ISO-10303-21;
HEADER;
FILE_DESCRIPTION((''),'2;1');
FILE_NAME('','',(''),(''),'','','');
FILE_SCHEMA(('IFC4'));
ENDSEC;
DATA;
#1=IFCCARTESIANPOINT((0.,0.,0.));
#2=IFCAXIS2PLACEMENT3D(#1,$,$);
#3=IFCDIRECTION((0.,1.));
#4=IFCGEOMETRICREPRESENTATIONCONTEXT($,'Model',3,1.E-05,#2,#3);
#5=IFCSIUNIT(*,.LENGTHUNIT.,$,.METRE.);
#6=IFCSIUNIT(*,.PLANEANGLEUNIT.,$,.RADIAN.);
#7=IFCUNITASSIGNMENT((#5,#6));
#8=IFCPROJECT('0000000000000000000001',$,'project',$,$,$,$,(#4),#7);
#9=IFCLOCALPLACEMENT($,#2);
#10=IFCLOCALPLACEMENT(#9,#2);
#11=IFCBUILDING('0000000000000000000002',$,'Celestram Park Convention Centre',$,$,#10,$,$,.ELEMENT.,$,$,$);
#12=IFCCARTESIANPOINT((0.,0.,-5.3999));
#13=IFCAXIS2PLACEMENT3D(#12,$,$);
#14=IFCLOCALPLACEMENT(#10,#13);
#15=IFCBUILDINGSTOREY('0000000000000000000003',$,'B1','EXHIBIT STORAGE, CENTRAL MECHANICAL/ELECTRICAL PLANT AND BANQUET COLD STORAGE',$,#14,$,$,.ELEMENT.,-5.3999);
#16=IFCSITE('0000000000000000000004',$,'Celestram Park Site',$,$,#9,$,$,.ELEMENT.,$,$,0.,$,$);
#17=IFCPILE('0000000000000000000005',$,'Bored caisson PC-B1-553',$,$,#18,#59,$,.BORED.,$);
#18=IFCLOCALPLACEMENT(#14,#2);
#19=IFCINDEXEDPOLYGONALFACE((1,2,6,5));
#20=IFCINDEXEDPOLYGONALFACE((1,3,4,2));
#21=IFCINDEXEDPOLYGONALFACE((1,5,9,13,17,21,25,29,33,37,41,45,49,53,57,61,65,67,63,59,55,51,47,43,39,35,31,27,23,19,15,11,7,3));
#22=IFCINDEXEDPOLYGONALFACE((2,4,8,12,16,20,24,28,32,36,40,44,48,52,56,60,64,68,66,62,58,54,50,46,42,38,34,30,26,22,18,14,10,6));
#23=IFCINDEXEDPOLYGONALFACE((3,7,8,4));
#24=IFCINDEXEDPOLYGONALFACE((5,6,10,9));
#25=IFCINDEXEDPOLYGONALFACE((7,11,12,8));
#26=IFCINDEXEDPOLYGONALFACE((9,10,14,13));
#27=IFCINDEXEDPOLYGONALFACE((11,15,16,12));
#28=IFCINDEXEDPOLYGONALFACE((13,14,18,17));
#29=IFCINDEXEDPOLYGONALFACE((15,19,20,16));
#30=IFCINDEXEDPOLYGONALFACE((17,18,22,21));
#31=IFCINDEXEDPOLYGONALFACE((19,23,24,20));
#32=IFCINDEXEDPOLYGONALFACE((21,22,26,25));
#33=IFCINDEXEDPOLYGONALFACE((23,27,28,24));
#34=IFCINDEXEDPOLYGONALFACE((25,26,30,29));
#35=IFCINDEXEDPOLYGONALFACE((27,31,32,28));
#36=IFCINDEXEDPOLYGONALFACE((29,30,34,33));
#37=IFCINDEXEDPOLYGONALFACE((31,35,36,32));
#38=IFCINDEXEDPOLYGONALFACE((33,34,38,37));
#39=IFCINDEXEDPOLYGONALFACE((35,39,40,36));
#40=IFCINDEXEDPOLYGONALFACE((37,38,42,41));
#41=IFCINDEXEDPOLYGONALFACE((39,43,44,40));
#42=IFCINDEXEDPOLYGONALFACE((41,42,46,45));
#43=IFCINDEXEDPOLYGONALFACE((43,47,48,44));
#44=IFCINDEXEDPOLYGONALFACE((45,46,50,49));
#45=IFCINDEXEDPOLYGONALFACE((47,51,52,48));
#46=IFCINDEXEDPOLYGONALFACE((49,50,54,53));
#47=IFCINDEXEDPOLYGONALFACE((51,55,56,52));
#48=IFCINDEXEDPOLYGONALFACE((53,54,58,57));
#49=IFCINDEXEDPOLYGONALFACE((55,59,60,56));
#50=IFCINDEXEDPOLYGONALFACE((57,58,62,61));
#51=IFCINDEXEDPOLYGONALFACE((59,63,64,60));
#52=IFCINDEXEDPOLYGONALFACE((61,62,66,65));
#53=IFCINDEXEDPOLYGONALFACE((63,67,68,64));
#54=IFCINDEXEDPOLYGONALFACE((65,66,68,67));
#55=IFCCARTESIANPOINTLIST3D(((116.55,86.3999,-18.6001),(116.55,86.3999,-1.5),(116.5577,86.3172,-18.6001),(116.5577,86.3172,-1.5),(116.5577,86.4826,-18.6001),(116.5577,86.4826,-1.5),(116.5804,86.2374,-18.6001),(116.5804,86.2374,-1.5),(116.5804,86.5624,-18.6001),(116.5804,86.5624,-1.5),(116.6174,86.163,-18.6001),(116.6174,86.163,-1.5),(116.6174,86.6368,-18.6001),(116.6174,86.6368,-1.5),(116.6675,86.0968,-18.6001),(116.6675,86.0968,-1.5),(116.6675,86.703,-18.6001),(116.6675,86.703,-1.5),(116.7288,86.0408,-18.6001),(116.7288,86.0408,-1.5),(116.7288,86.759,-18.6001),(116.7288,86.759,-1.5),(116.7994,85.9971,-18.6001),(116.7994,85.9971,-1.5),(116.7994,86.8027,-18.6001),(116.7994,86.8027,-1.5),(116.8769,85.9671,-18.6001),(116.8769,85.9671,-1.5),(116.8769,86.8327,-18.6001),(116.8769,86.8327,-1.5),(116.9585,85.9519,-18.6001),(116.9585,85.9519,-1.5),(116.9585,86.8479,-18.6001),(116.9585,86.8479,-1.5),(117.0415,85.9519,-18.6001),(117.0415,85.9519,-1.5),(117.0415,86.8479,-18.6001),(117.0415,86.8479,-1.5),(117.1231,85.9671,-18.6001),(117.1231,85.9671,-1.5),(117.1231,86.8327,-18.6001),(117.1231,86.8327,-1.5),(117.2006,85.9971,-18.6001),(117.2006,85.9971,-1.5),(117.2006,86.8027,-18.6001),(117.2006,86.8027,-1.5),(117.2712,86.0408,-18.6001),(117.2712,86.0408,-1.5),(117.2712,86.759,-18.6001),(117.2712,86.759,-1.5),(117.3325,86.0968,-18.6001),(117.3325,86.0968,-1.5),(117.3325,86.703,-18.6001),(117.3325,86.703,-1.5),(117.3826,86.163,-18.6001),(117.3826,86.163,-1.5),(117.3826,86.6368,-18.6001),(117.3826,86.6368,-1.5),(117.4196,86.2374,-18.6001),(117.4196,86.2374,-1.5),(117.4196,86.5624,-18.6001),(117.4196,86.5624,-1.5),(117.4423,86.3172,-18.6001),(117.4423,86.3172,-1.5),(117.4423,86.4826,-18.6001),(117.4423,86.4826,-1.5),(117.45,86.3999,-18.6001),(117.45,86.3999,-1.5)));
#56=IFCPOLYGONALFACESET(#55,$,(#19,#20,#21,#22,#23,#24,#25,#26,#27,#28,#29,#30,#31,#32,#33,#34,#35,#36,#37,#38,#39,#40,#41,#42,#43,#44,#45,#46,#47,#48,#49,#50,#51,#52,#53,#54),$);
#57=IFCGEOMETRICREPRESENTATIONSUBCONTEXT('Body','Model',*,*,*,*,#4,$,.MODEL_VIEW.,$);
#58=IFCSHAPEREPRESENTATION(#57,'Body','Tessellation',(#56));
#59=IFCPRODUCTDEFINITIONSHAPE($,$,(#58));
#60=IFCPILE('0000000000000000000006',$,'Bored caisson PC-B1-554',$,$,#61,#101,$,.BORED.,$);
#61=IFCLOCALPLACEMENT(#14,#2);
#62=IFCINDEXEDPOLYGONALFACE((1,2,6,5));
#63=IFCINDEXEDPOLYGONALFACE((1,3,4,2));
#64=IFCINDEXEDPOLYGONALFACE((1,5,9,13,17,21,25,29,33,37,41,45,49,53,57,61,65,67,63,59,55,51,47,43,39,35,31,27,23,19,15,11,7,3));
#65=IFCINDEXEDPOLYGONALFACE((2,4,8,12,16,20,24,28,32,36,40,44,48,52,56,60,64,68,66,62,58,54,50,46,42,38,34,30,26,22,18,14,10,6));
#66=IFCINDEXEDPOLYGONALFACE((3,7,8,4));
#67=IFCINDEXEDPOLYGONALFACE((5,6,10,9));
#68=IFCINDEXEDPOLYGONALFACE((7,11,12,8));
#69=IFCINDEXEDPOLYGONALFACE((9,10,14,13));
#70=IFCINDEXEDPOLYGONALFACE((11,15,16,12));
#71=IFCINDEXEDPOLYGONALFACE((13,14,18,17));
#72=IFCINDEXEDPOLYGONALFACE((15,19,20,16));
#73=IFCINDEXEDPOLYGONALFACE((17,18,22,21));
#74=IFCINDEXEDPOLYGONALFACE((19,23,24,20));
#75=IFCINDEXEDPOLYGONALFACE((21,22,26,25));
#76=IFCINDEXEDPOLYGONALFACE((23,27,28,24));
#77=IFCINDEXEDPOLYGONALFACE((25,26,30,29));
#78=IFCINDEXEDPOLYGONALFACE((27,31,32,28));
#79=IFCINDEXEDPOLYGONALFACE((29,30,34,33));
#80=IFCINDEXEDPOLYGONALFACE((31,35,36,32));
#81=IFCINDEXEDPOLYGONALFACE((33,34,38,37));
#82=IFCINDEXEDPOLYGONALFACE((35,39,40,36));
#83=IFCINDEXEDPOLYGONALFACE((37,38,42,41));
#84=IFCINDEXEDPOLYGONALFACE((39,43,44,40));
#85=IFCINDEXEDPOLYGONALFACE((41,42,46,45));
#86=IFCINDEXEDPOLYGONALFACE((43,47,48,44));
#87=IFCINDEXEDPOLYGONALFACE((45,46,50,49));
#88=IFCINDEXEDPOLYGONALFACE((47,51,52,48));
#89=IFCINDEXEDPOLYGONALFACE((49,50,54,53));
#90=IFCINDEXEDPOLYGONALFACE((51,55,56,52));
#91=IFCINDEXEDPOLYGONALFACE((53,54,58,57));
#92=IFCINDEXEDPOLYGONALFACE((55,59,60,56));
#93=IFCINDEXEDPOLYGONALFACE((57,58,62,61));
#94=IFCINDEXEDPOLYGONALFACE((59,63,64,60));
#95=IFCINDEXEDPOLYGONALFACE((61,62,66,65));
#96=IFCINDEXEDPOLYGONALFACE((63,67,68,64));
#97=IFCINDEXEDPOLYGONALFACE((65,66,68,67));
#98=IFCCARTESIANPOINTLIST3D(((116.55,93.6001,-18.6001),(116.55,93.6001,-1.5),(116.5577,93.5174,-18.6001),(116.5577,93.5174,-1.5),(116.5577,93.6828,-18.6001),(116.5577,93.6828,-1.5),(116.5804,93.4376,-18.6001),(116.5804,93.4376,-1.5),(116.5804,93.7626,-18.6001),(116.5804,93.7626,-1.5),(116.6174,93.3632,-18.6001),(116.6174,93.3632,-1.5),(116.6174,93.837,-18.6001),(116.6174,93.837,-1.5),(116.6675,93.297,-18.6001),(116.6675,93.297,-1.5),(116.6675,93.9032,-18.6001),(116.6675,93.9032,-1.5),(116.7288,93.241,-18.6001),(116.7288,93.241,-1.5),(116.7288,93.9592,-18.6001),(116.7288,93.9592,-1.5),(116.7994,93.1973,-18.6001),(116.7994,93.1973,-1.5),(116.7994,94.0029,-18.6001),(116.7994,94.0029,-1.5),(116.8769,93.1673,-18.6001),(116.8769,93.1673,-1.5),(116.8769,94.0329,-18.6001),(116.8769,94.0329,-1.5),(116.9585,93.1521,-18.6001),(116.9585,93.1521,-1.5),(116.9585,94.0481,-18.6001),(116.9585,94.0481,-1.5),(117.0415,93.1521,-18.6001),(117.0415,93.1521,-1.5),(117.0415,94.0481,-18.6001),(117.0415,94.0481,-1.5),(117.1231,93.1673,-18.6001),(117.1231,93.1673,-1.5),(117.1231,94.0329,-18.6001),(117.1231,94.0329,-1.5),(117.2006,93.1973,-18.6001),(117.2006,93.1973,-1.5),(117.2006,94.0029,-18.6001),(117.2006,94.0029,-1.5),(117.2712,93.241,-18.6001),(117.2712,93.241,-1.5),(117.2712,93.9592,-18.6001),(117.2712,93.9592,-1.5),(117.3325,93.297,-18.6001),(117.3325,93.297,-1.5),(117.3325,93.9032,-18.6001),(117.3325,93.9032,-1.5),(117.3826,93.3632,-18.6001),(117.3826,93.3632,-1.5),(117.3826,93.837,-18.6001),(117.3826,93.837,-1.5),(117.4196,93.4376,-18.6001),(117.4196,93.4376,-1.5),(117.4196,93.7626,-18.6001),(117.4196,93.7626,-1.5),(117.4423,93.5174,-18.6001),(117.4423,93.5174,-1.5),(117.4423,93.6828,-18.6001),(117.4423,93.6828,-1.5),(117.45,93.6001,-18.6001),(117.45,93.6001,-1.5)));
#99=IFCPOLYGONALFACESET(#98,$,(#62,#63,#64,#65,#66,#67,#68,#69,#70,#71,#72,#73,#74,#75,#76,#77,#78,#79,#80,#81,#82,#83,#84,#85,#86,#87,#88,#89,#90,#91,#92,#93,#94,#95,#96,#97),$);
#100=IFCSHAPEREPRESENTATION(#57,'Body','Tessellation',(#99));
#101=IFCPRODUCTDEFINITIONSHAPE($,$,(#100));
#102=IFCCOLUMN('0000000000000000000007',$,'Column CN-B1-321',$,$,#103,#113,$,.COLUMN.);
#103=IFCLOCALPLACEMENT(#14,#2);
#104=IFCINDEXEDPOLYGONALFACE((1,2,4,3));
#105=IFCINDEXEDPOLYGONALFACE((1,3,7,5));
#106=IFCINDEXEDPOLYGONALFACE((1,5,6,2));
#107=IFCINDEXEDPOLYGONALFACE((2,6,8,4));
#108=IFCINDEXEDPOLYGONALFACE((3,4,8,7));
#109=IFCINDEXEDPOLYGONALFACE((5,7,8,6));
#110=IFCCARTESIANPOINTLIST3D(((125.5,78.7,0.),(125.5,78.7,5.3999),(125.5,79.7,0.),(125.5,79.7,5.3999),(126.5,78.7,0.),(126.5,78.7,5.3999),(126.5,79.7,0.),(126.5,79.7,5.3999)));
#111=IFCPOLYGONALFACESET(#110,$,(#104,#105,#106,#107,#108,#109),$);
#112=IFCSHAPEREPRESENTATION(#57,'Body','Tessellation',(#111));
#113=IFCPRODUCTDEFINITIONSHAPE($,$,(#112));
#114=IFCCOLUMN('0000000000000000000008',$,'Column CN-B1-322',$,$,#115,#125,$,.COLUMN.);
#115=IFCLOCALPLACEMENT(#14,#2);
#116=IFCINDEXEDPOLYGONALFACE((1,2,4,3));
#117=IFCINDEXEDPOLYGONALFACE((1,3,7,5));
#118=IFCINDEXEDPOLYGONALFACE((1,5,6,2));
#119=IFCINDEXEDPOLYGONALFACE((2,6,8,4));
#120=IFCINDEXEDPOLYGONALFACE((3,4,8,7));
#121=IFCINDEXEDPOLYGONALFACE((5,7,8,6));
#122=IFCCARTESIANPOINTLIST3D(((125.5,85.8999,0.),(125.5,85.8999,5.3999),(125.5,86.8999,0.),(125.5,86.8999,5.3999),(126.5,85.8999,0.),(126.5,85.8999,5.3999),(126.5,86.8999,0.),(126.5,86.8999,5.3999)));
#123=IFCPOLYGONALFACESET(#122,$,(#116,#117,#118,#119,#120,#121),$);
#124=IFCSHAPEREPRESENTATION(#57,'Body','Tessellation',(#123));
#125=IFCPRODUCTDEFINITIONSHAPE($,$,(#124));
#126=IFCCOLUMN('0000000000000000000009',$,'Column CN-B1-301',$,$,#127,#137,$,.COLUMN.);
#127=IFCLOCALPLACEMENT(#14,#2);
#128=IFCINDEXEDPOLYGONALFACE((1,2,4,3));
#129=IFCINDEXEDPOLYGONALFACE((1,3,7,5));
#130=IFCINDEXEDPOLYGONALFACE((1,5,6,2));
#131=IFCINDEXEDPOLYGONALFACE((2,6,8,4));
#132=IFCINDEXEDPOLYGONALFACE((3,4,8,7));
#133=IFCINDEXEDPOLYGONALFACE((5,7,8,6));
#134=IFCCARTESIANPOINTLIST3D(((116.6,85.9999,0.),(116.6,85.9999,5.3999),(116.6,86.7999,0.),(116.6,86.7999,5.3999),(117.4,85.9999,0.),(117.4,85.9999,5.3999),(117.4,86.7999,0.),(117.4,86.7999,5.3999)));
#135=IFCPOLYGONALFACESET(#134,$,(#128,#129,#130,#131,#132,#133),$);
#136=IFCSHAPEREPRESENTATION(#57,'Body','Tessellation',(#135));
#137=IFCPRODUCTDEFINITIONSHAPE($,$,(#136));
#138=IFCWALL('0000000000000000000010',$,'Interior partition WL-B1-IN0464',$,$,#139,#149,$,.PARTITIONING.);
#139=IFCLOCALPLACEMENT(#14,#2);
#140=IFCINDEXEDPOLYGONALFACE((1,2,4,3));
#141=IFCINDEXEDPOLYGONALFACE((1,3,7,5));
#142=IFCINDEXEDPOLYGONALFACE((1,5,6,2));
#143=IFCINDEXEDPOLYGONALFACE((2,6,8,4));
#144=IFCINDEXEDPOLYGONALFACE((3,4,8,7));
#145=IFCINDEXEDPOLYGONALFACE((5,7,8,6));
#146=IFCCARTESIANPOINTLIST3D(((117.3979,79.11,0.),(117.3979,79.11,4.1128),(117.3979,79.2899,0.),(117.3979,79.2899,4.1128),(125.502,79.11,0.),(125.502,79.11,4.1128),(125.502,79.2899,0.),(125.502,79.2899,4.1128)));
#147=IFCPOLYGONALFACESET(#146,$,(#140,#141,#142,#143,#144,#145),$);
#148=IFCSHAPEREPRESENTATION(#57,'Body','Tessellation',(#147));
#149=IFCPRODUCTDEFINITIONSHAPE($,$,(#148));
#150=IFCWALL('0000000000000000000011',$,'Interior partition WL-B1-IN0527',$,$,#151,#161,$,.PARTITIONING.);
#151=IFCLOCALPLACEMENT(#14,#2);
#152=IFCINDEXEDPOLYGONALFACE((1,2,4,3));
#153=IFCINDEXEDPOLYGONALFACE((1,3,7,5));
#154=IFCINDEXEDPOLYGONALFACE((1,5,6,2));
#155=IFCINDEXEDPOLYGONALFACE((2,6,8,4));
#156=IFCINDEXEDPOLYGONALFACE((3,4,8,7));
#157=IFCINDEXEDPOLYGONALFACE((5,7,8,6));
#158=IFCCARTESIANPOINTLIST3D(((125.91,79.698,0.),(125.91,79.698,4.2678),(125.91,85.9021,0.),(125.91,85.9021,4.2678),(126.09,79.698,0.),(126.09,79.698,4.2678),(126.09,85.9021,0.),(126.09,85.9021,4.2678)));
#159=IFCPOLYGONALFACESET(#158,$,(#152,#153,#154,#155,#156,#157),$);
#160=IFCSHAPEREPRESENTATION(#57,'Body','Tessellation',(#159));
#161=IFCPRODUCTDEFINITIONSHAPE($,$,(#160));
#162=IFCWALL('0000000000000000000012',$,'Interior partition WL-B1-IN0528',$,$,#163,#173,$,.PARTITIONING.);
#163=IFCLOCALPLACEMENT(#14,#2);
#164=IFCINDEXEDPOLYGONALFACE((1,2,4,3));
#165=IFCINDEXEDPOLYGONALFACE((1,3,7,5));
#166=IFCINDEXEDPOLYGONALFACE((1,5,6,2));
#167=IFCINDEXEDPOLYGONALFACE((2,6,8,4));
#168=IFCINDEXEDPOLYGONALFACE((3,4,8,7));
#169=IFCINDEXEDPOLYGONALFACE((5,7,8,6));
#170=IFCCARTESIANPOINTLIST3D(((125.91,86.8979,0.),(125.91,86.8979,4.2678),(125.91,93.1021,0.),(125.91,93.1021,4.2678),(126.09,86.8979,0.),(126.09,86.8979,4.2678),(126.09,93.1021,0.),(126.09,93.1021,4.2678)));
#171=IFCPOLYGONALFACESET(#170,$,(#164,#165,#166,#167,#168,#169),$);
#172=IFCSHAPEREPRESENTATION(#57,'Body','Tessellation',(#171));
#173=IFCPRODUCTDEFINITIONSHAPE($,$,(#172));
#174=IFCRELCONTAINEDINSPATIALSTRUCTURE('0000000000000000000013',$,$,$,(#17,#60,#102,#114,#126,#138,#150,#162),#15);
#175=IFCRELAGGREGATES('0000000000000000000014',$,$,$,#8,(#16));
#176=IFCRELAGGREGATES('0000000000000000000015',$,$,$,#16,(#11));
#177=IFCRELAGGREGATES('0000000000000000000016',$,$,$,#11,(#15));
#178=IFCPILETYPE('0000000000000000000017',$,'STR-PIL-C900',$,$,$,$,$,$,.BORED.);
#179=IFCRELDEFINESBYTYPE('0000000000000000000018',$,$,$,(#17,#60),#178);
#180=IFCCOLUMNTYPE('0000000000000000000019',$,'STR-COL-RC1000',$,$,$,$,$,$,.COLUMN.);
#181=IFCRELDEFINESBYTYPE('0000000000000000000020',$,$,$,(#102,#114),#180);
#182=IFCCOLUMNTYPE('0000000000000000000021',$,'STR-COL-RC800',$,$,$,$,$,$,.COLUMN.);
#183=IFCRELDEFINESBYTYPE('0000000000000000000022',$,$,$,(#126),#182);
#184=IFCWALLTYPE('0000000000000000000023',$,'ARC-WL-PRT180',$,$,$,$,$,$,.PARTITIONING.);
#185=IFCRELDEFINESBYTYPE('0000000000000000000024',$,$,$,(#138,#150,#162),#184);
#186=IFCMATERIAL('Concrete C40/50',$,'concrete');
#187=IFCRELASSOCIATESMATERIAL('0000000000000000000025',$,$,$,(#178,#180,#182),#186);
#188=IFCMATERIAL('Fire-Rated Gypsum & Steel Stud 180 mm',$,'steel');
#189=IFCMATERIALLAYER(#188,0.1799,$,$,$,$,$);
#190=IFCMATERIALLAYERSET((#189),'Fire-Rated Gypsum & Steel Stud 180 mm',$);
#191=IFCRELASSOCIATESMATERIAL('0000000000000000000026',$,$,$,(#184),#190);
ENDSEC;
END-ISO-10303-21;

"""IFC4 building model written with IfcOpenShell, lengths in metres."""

from ifc_helpers import new_model, si_unit, direction, frame, frame_2d, origin, origin_2d, place, context, subcontext, project, spatial, rectangle, circle, extrude, material, layer, layer_set, material_profile, profile_set, type_object, element, save


model = new_model("IFC4")

# Units and contexts
model_context = context("Model", 3, precision=1e-05, world=origin(), true_north=direction((0.0, 1.0)))
body_context = subcontext(model_context, "Body", "Model", "MODEL_VIEW")
ifc_project = project(units=[si_unit("LENGTHUNIT", "METRE"), si_unit("PLANEANGLEUNIT", "RADIAN")], contexts=[model_context])

# Site, building, storey
site_placement = place(None, origin())
site = spatial("IfcSite", under=ifc_project, at=site_placement, Name="Celestram Park Site", CompositionType="ELEMENT", RefElevation=0.0)
building_placement = place(site_placement, origin())
building = spatial("IfcBuilding", under=site, at=building_placement, Name="Celestram Park Convention Centre", CompositionType="ELEMENT")
storey_placement = place(building_placement, frame((0.0, 0.0, -5.3999)))
storey = spatial("IfcBuildingStorey", under=building, at=storey_placement, Name="B1", Description="EXHIBIT STORAGE, CENTRAL MECHANICAL/ELECTRICAL PLANT AND BANQUET COLD STORAGE", CompositionType="ELEMENT", Elevation=-5.3999)

# Shared definitions
ifc_material_1 = material(Name="Concrete C40/50", Category="concrete")

# Piles
ifc_material_profile_1 = material_profile(ifc_material_1, circle(Radius=0.45, at=origin_2d()), Name="CAISSON900")
ifc_profile_set_1 = profile_set([ifc_material_profile_1], Name="Concrete C40/50")
pile_type_1 = type_object("IfcPileType", Name="STR-PIL-C900", PredefinedType="BORED", material=ifc_profile_set_1)
for number, where, z_axis, x_axis, name in (
    (1, (117.0, 86.3999, -1.5), (0.0, 0.0, -1.0), (1.0, 0.0, 0.0), "Bored caisson PC-B1-553"),
    (2, (117.0, 93.6001, -1.5), (0.0, 0.0, -1.0), (1.0, 0.0, 0.0), "Bored caisson PC-B1-554"),
):
    element("IfcPile", number, at=place(storey_placement, frame(where, z_axis=z_axis, x_axis=x_axis)), inside=storey, type_object=pile_type_1, Name=name, PredefinedType="BORED", context=body_context, shape_type="SweptSolid", body=[
        extrude(circle(Radius=0.45, at=origin_2d()), origin(), (0.0, 0.0, 1.0), 17.1001),
    ])

# Columns
ifc_material_profile_2 = material_profile(ifc_material_1, rectangle(XDim=1.0, YDim=1.0, at=origin_2d()), Name="RC1000X1000")
ifc_profile_set_2 = profile_set([ifc_material_profile_2], Name="Concrete C40/50")
column_type_1 = type_object("IfcColumnType", Name="STR-COL-RC1000", PredefinedType="COLUMN", material=ifc_profile_set_2)
for number, where, z_axis, x_axis, name in (
    (3, (126.0, 79.2, 0.0), (0.0, 0.0, 1.0), (1.0, 0.0, 0.0), "Column CN-B1-321"),
    (4, (126.0, 86.3999, 0.0), (0.0, 0.0, 1.0), (1.0, 0.0, 0.0), "Column CN-B1-322"),
):
    element("IfcColumn", number, at=place(storey_placement, frame(where, z_axis=z_axis, x_axis=x_axis)), inside=storey, type_object=column_type_1, Name=name, PredefinedType="COLUMN", context=body_context, shape_type="SweptSolid", body=[
        extrude(rectangle(XDim=1.0, YDim=1.0, at=origin_2d()), origin(), (0.0, 0.0, 1.0), 5.3999),
    ])
ifc_material_profile_3 = material_profile(ifc_material_1, rectangle(XDim=0.8, YDim=0.8, at=origin_2d()), Name="RC800X800")
ifc_profile_set_3 = profile_set([ifc_material_profile_3], Name="Concrete C40/50")
column_type_2 = type_object("IfcColumnType", Name="STR-COL-RC800", PredefinedType="COLUMN", material=ifc_profile_set_3)
column_placement = place(storey_placement, frame((117.0, 86.3999, 0.0), z_axis=(0.0, 0.0, 1.0), x_axis=(1.0, 0.0, 0.0)))
element("IfcColumn", 5, at=column_placement, inside=storey, type_object=column_type_2, Name="Column CN-B1-301", PredefinedType="COLUMN", context=body_context, shape_type="SweptSolid", body=[
    extrude(rectangle(XDim=0.8, YDim=0.8, at=origin_2d()), origin(), (0.0, 0.0, 1.0), 5.3999),
])

# Walls
ifc_material_2 = material(Name="Fire-Rated Gypsum & Steel Stud 180 mm", Category="steel")
ifc_layer = layer(ifc_material_2, 0.1799)
ifc_layer_set = layer_set([ifc_layer], Name="Fire-Rated Gypsum & Steel Stud 180 mm")
wall_type = type_object("IfcWallType", Name="ARC-WL-PRT180", PredefinedType="PARTITIONING", material=ifc_layer_set)
wall_placement = place(storey_placement, frame((117.3979, 79.2, 0.0), z_axis=(0.0, 0.0, 1.0), x_axis=(1.0, 0.0, 0.0)))
element("IfcWall", 6, at=wall_placement, inside=storey, type_object=wall_type, Name="Interior partition WL-B1-IN0464", PredefinedType="PARTITIONING", context=body_context, shape_type="SweptSolid", body=[
    extrude(rectangle(XDim=8.104, YDim=0.1799, at=frame_2d((4.052, 0.0))), origin(), (0.0, 0.0, 1.0), 4.1128),
])
for number, where, z_axis, x_axis, name in (
    (7, (126.0, 79.698, 0.0), (0.0, 0.0, 1.0), (0.0, 1.0, 0.0), "Interior partition WL-B1-IN0527"),
    (8, (126.0, 86.8979, 0.0), (0.0, 0.0, 1.0), (0.0, 1.0, 0.0), "Interior partition WL-B1-IN0528"),
):
    element("IfcWall", number, at=place(storey_placement, frame(where, z_axis=z_axis, x_axis=x_axis)), inside=storey, type_object=wall_type, Name=name, PredefinedType="PARTITIONING", context=body_context, shape_type="SweptSolid", body=[
        extrude(rectangle(XDim=6.2041, YDim=0.1799, at=frame_2d((3.1021, 0.0))), origin(), (0.0, 0.0, 1.0), 4.2678),
    ])

save(model, "model.ifc")
